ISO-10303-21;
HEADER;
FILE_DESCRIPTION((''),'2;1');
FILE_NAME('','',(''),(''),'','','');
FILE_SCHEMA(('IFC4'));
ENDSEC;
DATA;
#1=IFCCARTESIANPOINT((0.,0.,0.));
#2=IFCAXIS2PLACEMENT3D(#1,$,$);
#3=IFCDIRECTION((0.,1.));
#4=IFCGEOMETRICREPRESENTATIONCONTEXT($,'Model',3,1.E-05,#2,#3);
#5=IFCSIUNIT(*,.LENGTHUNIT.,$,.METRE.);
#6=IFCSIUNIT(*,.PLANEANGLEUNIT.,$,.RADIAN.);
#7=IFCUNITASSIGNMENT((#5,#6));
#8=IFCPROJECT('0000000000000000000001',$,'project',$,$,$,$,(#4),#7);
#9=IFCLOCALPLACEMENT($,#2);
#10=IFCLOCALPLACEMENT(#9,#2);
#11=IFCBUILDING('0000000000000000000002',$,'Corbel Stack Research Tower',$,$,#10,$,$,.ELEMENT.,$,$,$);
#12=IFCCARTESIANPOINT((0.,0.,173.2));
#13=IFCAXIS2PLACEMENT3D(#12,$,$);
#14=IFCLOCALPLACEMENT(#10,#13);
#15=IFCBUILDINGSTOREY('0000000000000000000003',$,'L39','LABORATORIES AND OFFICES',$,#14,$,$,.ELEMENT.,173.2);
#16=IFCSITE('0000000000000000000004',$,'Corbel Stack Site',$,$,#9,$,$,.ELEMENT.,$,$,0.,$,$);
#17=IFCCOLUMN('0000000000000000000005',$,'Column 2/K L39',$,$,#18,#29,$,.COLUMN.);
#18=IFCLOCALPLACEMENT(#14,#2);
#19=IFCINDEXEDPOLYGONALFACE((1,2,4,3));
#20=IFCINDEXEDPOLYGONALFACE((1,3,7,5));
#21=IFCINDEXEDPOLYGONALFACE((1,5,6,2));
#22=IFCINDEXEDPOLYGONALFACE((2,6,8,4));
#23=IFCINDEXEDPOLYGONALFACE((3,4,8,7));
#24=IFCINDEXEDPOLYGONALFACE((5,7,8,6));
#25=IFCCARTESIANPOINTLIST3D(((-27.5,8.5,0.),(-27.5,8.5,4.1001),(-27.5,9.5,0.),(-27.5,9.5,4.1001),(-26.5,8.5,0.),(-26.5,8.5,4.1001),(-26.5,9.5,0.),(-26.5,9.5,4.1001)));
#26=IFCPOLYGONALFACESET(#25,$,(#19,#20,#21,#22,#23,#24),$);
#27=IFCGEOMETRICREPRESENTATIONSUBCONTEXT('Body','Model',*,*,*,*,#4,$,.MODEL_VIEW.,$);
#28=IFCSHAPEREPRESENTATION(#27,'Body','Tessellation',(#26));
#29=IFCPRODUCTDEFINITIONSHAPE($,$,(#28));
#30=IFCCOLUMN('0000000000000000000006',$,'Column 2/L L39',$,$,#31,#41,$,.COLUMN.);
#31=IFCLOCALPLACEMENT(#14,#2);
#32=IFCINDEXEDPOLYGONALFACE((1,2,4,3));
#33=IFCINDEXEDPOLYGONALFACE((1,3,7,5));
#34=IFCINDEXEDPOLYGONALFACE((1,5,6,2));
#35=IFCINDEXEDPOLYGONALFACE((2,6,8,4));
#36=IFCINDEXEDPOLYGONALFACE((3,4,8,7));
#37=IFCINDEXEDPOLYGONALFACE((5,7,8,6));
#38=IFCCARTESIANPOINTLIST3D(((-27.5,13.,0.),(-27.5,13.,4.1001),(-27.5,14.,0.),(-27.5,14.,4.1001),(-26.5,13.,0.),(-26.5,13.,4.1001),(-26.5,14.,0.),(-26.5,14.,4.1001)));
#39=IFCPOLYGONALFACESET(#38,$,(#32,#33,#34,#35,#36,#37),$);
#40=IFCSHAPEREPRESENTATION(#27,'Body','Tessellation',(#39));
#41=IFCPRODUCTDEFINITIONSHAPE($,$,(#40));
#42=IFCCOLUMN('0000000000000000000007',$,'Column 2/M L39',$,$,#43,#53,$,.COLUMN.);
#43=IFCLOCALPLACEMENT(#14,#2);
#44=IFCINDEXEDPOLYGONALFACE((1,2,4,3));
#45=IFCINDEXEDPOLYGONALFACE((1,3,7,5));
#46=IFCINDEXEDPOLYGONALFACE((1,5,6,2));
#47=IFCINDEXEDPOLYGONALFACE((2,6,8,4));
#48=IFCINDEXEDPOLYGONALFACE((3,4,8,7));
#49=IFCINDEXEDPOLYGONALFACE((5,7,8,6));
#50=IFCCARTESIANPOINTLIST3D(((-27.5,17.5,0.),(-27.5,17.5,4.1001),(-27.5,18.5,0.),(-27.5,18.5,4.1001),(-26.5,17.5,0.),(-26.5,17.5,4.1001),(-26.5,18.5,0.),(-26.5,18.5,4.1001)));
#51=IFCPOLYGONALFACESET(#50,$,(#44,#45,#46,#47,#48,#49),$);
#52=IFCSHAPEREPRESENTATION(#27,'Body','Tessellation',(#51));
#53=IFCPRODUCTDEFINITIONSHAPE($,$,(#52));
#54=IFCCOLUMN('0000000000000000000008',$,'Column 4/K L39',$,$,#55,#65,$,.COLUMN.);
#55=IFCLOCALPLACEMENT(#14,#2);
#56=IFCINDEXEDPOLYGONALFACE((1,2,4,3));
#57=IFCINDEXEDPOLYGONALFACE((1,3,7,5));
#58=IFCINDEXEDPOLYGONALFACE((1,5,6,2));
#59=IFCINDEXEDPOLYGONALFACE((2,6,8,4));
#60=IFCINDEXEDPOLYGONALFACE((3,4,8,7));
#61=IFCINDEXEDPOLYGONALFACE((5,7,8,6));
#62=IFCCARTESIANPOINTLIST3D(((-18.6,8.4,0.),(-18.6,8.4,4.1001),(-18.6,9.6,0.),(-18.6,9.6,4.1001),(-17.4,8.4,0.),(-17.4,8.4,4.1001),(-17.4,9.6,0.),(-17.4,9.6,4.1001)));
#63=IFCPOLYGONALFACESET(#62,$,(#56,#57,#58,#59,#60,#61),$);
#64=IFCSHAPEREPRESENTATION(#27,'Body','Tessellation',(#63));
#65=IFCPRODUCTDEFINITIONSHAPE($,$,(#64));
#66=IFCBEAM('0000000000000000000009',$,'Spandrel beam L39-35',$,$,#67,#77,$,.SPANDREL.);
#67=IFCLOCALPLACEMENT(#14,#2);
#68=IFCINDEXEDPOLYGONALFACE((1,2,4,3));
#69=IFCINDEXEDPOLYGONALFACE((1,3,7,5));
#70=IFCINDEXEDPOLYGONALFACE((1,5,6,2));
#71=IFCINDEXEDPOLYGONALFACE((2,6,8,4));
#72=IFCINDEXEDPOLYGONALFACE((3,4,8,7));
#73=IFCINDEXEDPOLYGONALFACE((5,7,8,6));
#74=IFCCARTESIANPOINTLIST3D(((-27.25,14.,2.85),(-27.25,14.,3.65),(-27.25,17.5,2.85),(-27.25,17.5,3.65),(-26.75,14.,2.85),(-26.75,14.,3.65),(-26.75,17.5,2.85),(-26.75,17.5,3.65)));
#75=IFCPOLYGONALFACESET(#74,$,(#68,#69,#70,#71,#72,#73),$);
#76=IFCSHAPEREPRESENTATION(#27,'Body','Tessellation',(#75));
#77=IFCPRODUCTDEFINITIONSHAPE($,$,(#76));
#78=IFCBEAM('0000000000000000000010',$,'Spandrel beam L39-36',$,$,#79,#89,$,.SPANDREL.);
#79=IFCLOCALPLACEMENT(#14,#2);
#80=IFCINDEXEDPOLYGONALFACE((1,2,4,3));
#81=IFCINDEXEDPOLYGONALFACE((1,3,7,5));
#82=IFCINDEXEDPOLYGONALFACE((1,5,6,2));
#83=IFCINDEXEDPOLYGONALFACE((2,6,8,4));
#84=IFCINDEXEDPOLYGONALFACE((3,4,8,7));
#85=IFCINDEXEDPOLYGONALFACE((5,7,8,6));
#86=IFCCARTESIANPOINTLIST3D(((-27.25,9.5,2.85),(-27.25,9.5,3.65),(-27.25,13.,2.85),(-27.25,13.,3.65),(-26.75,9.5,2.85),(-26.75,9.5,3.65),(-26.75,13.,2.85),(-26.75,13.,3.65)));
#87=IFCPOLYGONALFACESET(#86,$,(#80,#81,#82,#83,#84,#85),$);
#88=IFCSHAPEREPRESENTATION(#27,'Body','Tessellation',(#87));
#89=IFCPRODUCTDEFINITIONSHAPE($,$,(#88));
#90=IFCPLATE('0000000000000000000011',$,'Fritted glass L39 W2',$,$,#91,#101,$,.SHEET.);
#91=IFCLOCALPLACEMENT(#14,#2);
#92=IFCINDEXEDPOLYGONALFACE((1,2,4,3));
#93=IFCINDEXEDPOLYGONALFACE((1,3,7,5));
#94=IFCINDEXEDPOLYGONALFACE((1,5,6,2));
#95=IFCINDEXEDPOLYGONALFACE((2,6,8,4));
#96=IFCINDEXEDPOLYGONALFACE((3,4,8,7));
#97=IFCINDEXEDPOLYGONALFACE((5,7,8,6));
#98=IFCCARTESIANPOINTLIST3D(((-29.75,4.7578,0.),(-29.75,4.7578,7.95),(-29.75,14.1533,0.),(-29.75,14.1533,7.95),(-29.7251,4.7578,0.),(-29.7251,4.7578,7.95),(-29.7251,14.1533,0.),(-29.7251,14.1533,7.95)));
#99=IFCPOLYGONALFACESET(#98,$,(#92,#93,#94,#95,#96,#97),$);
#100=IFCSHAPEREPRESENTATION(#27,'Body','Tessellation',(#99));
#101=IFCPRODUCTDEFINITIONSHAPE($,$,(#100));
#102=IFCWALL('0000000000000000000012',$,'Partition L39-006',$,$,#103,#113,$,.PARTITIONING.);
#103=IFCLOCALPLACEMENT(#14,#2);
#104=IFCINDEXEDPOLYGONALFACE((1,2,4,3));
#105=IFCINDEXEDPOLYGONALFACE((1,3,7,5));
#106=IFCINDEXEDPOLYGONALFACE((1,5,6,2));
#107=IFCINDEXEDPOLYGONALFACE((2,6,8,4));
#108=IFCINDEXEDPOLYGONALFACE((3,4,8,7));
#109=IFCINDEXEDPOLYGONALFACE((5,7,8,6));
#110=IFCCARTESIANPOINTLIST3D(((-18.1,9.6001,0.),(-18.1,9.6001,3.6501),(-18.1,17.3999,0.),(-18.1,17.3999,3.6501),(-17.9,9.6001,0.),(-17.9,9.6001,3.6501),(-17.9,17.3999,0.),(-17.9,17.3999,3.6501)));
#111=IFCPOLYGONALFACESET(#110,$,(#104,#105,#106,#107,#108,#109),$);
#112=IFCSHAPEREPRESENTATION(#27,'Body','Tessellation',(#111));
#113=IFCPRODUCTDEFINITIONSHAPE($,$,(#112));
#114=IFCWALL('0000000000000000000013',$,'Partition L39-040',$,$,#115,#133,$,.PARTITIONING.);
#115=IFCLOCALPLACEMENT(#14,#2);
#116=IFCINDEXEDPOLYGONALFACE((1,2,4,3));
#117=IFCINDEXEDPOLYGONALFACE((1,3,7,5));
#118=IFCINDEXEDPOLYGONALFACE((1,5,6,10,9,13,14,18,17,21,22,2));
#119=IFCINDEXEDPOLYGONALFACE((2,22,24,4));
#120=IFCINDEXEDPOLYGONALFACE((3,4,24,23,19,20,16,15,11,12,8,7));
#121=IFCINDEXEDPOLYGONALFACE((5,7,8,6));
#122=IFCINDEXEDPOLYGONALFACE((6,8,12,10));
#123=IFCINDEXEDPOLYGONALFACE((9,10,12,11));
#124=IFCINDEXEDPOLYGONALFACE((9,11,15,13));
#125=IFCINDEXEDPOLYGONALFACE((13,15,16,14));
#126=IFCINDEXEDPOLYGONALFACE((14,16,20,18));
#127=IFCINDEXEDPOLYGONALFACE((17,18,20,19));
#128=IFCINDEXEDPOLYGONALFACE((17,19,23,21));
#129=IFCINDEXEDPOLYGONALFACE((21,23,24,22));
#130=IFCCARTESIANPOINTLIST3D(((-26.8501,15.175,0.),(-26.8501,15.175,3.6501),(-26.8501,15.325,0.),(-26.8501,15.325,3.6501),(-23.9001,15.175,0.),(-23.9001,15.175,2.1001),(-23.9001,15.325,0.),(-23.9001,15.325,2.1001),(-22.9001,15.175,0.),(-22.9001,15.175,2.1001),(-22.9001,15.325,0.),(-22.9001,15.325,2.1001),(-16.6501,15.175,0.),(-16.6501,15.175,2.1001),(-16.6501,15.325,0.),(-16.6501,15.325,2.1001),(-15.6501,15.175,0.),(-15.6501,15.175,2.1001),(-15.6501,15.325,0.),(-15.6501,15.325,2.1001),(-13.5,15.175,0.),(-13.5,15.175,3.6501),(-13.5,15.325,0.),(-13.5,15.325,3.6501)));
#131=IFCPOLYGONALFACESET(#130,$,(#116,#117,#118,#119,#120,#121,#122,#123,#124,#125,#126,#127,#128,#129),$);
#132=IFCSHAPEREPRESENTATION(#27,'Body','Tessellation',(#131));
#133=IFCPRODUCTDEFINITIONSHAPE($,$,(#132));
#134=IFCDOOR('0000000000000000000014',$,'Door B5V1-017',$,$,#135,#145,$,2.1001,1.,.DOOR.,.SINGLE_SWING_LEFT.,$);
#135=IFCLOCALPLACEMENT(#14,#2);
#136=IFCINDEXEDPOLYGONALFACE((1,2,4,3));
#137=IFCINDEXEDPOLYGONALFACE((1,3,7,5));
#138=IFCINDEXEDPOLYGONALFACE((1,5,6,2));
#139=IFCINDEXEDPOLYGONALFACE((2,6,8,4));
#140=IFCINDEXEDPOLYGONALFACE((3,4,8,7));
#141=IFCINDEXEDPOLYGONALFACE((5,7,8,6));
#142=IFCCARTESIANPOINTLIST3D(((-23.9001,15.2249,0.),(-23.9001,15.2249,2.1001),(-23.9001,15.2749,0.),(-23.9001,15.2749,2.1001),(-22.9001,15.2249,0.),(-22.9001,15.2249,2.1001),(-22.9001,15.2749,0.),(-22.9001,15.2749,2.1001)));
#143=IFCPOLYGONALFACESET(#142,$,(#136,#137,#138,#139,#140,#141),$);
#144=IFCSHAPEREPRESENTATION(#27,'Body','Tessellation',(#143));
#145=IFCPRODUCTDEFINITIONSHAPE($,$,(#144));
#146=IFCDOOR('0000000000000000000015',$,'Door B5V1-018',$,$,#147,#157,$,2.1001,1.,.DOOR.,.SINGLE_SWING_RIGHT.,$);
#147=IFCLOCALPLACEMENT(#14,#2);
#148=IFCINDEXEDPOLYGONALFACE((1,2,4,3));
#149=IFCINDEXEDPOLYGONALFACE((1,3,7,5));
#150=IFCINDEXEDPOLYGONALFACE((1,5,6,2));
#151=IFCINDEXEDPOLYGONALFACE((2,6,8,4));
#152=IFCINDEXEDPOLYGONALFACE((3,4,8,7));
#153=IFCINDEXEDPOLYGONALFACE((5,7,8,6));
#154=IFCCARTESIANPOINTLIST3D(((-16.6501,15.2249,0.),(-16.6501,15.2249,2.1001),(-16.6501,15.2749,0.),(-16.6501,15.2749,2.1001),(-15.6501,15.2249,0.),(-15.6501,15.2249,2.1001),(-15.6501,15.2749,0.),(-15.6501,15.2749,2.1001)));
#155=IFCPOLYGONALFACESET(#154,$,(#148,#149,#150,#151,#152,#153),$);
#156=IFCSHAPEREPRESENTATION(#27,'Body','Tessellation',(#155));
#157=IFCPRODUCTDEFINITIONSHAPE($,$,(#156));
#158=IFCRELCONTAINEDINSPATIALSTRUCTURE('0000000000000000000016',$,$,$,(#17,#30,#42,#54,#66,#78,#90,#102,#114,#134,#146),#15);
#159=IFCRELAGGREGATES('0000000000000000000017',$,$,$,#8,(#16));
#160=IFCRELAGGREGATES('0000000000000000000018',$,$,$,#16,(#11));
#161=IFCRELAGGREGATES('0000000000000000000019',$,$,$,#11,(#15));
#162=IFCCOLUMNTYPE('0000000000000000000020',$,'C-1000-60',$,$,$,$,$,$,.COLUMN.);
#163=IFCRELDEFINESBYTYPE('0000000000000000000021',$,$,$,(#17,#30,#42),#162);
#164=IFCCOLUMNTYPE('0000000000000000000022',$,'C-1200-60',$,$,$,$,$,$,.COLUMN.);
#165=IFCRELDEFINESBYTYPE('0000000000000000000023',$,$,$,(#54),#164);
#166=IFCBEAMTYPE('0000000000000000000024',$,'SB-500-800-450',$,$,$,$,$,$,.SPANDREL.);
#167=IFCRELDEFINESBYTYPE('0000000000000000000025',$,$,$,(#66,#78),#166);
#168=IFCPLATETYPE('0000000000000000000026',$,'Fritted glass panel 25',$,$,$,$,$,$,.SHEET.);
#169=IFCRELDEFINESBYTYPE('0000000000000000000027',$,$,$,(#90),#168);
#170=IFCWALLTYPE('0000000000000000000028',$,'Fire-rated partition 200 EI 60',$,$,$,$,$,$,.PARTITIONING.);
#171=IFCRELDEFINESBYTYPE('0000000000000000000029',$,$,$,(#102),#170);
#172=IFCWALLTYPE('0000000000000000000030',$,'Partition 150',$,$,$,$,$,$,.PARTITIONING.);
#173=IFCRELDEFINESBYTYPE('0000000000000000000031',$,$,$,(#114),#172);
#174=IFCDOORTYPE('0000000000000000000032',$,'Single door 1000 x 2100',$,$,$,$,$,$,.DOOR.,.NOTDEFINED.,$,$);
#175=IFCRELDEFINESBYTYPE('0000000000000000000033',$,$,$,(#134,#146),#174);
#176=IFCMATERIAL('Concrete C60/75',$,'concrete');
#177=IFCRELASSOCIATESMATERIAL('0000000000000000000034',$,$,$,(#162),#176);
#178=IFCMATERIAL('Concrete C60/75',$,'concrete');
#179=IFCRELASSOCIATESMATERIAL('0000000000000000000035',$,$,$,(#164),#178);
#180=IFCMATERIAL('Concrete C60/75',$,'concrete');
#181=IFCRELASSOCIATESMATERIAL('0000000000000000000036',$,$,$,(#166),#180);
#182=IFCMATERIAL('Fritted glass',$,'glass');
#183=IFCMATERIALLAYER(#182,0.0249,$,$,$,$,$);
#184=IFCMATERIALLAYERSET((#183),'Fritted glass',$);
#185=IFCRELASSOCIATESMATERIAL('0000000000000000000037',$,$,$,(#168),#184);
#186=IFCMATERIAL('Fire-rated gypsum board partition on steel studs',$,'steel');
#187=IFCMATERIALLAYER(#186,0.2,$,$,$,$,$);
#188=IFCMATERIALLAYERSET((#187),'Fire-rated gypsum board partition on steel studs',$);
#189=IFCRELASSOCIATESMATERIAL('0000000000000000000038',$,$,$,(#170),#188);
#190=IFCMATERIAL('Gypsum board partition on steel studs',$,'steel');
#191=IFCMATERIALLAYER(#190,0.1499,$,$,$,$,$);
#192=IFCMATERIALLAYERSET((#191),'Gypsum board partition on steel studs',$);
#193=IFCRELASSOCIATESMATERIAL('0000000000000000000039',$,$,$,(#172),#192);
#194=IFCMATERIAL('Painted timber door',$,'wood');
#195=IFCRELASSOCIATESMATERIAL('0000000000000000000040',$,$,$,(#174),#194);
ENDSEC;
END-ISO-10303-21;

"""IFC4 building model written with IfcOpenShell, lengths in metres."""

from ifc_helpers import new_model, si_unit, direction, frame, frame_2d, origin, origin_2d, place, context, subcontext, project, spatial, rectangle, extrude, material, layer, layer_set, material_profile, profile_set, type_object, element, fill, save


model = new_model("IFC4")

# Units and contexts
model_context = context("Model", 3, precision=1e-05, world=origin(), true_north=direction((0.0, 1.0)))
body_context = subcontext(model_context, "Body", "Model", "MODEL_VIEW")
ifc_project = project(units=[si_unit("LENGTHUNIT", "METRE"), si_unit("PLANEANGLEUNIT", "RADIAN")], contexts=[model_context])

# Site, building, storey
site_placement = place(None, origin())
site = spatial("IfcSite", under=ifc_project, at=site_placement, Name="Corbel Stack Site", CompositionType="ELEMENT", RefElevation=0.0)
building_placement = place(site_placement, origin())
building = spatial("IfcBuilding", under=site, at=building_placement, Name="Corbel Stack Research Tower", CompositionType="ELEMENT")
storey_placement = place(building_placement, frame((0.0, 0.0, 173.2)))
storey = spatial("IfcBuildingStorey", under=building, at=storey_placement, Name="L39", Description="LABORATORIES AND OFFICES", CompositionType="ELEMENT", Elevation=173.2)

# Columns
ifc_material_1 = material(Name="Concrete C60/75", Category="concrete")
ifc_material_profile_1 = material_profile(ifc_material_1, rectangle(XDim=1.0, YDim=1.0, at=origin_2d()), Name="RC 1000 x 1000")
ifc_profile_set_1 = profile_set([ifc_material_profile_1], Name="Concrete C60/75")
column_type_1 = type_object("IfcColumnType", Name="C-1000-60", PredefinedType="COLUMN", material=ifc_profile_set_1)
for number, where, z_axis, x_axis, name in (
    (1, (-27.0, 9.0, 0.0), (0.0, 0.0, 1.0), (1.0, 0.0, 0.0), "Column 2/K L39"),
    (2, (-27.0, 13.5, 0.0), (0.0, 0.0, 1.0), (1.0, 0.0, 0.0), "Column 2/L L39"),
    (3, (-27.0, 18.0, 0.0), (0.0, 0.0, 1.0), (1.0, 0.0, 0.0), "Column 2/M L39"),
):
    element("IfcColumn", number, at=place(storey_placement, frame(where, z_axis=z_axis, x_axis=x_axis)), inside=storey, type_object=column_type_1, Name=name, PredefinedType="COLUMN", context=body_context, shape_type="SweptSolid", body=[
        extrude(rectangle(XDim=1.0, YDim=1.0, at=origin_2d()), origin(), (0.0, 0.0, 1.0), 4.1001),
    ])
ifc_material_2 = material(Name="Concrete C60/75", Category="concrete")
ifc_material_profile_2 = material_profile(ifc_material_2, rectangle(XDim=1.2, YDim=1.2, at=origin_2d()), Name="RC 1200 x 1200")
ifc_profile_set_2 = profile_set([ifc_material_profile_2], Name="Concrete C60/75")
column_type_2 = type_object("IfcColumnType", Name="C-1200-60", PredefinedType="COLUMN", material=ifc_profile_set_2)
column_placement = place(storey_placement, frame((-18.0, 9.0, 0.0), z_axis=(0.0, 0.0, 1.0), x_axis=(1.0, 0.0, 0.0)))
element("IfcColumn", 4, at=column_placement, inside=storey, type_object=column_type_2, Name="Column 4/K L39", PredefinedType="COLUMN", context=body_context, shape_type="SweptSolid", body=[
    extrude(rectangle(XDim=1.2, YDim=1.2, at=origin_2d()), origin(), (0.0, 0.0, 1.0), 4.1001),
])

# Beams
ifc_material_3 = material(Name="Concrete C60/75", Category="concrete")
ifc_material_profile_3 = material_profile(ifc_material_3, rectangle(XDim=0.5, YDim=0.8, at=origin_2d()), Name="RC 500 x 800")
ifc_profile_set_3 = profile_set([ifc_material_profile_3], Name="Concrete C60/75")
beam_type = type_object("IfcBeamType", Name="SB-500-800-450", PredefinedType="SPANDREL", material=ifc_profile_set_3)
for number, where, z_axis, x_axis, name in (
    (5, (-27.0, 17.5, 3.25), (0.0, -1.0, 0.0), (1.0, 0.0, 0.0), "Spandrel beam L39-35"),
    (6, (-27.0, 13.0, 3.25), (0.0, -1.0, 0.0), (1.0, 0.0, 0.0), "Spandrel beam L39-36"),
):
    element("IfcBeam", number, at=place(storey_placement, frame(where, z_axis=z_axis, x_axis=x_axis)), inside=storey, type_object=beam_type, Name=name, PredefinedType="SPANDREL", context=body_context, shape_type="SweptSolid", body=[
        extrude(rectangle(XDim=0.5, YDim=0.8, at=origin_2d()), origin(), (0.0, 0.0, 1.0), 3.5),
    ])

# Plate
ifc_material_4 = material(Name="Fritted glass", Category="glass")
ifc_layer_1 = layer(ifc_material_4, 0.0249)
ifc_layer_set_1 = layer_set([ifc_layer_1], Name="Fritted glass")
plate_type = type_object("IfcPlateType", Name="Fritted glass panel 25", PredefinedType="SHEET", material=ifc_layer_set_1)
plate_placement = place(storey_placement, frame((-29.7375, 9.4556, 0.0), z_axis=(0.0, 0.0, 1.0), x_axis=(0.0, -1.0, 0.0)))
element("IfcPlate", 7, at=plate_placement, inside=storey, type_object=plate_type, Name="Fritted glass L39 W2", PredefinedType="SHEET", context=body_context, shape_type="SweptSolid", body=[
    extrude(rectangle(XDim=9.3955, YDim=0.0249, at=origin_2d()), origin(), (0.0, 0.0, 1.0), 7.95),
])

# Wall
ifc_material_5 = material(Name="Fire-rated gypsum board partition on steel studs", Category="steel")
ifc_layer_2 = layer(ifc_material_5, 0.2)
ifc_layer_set_2 = layer_set([ifc_layer_2], Name="Fire-rated gypsum board partition on steel studs")
wall_type_1 = type_object("IfcWallType", Name="Fire-rated partition 200 EI 60", PredefinedType="PARTITIONING", material=ifc_layer_set_2)
wall_1_placement = place(storey_placement, frame((-18.0, 9.6001, 0.0), z_axis=(0.0, 0.0, 1.0), x_axis=(0.0, 1.0, 0.0)))
element("IfcWall", 8, at=wall_1_placement, inside=storey, type_object=wall_type_1, Name="Partition L39-006", PredefinedType="PARTITIONING", context=body_context, shape_type="SweptSolid", body=[
    extrude(rectangle(XDim=7.7998, YDim=0.2, at=frame_2d((3.8999, 0.0))), origin(), (0.0, 0.0, 1.0), 3.6501),
])

# Wall, openings, doors
ifc_material_6 = material(Name="Gypsum board partition on steel studs", Category="steel")
ifc_layer_3 = layer(ifc_material_6, 0.1499)
ifc_layer_set_3 = layer_set([ifc_layer_3], Name="Gypsum board partition on steel studs")
wall_type_2 = type_object("IfcWallType", Name="Partition 150", PredefinedType="PARTITIONING", material=ifc_layer_set_3)
wall_2_placement = place(storey_placement, frame((-26.8501, 15.25, 0.0), z_axis=(0.0, 0.0, 1.0), x_axis=(1.0, 0.0, 0.0)))
wall_2 = element("IfcWall", 9, at=wall_2_placement, inside=storey, type_object=wall_type_2, Name="Partition L39-040", PredefinedType="PARTITIONING", context=body_context, shape_type="SweptSolid", body=[
    extrude(rectangle(XDim=13.3501, YDim=0.1499, at=frame_2d((6.675, 0.0))), origin(), (0.0, 0.0, 1.0), 3.6501),
])
opening_1_placement = place(wall_2_placement, frame((2.95, 0.0, 0.0)))
opening_1 = element("IfcOpeningElement", 10, at=opening_1_placement, cuts=wall_2, PredefinedType="OPENING", context=body_context, shape_type="SweptSolid", body=[
    extrude(rectangle(XDim=1.0, YDim=2.1001, at=frame_2d((0.5, 1.05))), frame((0.0, 0.085, 0.0), z_axis=(0.0, -1.0, 0.0), x_axis=(1.0, 0.0, 0.0)), (0.0, 0.0, 1.0), 0.1699),
])
opening_2_placement = place(wall_2_placement, frame((10.2, 0.0, 0.0)))
opening_2 = element("IfcOpeningElement", 11, at=opening_2_placement, cuts=wall_2, PredefinedType="OPENING", context=body_context, shape_type="SweptSolid", body=[
    extrude(rectangle(XDim=1.0, YDim=2.1001, at=frame_2d((0.5, 1.05))), frame((0.0, 0.085, 0.0), z_axis=(0.0, -1.0, 0.0), x_axis=(1.0, 0.0, 0.0)), (0.0, 0.0, 1.0), 0.1699),
])
ifc_material_7 = material(Name="Painted timber door", Category="wood")
door_type_1 = type_object("IfcDoorType", Name="Single door 1000 x 2100", OperationType="NOTDEFINED", PredefinedType="DOOR", material=ifc_material_7)
door_1_placement = place(opening_1_placement, origin())
door_1 = element("IfcDoor", 12, at=door_1_placement, inside=storey, type_object=door_type_1, Name="Door B5V1-017", OperationType="SINGLE_SWING_LEFT", OverallHeight=2.1001, OverallWidth=1.0, PredefinedType="DOOR", context=body_context, shape_type="SweptSolid", body=[
    extrude(rectangle(XDim=1.0, YDim=2.1001, at=frame_2d((0.5, 1.05))), frame((0.0, 0.0249, 0.0), z_axis=(0.0, -1.0, 0.0), x_axis=(1.0, 0.0, 0.0)), (0.0, 0.0, 1.0), 0.05),
])
fill(opening_1, door_1)
door_2_placement = place(opening_2_placement, origin())
door_2 = element("IfcDoor", 13, at=door_2_placement, inside=storey, type_object=door_type_1, Name="Door B5V1-018", OperationType="SINGLE_SWING_RIGHT", OverallHeight=2.1001, OverallWidth=1.0, PredefinedType="DOOR", context=body_context, shape_type="SweptSolid", body=[
    extrude(rectangle(XDim=1.0, YDim=2.1001, at=frame_2d((0.5, 1.05))), frame((0.0, 0.0249, 0.0), z_axis=(0.0, -1.0, 0.0), x_axis=(1.0, 0.0, 0.0)), (0.0, 0.0, 1.0), 0.05),
])
fill(opening_2, door_2)

save(model, "model.ifc")
